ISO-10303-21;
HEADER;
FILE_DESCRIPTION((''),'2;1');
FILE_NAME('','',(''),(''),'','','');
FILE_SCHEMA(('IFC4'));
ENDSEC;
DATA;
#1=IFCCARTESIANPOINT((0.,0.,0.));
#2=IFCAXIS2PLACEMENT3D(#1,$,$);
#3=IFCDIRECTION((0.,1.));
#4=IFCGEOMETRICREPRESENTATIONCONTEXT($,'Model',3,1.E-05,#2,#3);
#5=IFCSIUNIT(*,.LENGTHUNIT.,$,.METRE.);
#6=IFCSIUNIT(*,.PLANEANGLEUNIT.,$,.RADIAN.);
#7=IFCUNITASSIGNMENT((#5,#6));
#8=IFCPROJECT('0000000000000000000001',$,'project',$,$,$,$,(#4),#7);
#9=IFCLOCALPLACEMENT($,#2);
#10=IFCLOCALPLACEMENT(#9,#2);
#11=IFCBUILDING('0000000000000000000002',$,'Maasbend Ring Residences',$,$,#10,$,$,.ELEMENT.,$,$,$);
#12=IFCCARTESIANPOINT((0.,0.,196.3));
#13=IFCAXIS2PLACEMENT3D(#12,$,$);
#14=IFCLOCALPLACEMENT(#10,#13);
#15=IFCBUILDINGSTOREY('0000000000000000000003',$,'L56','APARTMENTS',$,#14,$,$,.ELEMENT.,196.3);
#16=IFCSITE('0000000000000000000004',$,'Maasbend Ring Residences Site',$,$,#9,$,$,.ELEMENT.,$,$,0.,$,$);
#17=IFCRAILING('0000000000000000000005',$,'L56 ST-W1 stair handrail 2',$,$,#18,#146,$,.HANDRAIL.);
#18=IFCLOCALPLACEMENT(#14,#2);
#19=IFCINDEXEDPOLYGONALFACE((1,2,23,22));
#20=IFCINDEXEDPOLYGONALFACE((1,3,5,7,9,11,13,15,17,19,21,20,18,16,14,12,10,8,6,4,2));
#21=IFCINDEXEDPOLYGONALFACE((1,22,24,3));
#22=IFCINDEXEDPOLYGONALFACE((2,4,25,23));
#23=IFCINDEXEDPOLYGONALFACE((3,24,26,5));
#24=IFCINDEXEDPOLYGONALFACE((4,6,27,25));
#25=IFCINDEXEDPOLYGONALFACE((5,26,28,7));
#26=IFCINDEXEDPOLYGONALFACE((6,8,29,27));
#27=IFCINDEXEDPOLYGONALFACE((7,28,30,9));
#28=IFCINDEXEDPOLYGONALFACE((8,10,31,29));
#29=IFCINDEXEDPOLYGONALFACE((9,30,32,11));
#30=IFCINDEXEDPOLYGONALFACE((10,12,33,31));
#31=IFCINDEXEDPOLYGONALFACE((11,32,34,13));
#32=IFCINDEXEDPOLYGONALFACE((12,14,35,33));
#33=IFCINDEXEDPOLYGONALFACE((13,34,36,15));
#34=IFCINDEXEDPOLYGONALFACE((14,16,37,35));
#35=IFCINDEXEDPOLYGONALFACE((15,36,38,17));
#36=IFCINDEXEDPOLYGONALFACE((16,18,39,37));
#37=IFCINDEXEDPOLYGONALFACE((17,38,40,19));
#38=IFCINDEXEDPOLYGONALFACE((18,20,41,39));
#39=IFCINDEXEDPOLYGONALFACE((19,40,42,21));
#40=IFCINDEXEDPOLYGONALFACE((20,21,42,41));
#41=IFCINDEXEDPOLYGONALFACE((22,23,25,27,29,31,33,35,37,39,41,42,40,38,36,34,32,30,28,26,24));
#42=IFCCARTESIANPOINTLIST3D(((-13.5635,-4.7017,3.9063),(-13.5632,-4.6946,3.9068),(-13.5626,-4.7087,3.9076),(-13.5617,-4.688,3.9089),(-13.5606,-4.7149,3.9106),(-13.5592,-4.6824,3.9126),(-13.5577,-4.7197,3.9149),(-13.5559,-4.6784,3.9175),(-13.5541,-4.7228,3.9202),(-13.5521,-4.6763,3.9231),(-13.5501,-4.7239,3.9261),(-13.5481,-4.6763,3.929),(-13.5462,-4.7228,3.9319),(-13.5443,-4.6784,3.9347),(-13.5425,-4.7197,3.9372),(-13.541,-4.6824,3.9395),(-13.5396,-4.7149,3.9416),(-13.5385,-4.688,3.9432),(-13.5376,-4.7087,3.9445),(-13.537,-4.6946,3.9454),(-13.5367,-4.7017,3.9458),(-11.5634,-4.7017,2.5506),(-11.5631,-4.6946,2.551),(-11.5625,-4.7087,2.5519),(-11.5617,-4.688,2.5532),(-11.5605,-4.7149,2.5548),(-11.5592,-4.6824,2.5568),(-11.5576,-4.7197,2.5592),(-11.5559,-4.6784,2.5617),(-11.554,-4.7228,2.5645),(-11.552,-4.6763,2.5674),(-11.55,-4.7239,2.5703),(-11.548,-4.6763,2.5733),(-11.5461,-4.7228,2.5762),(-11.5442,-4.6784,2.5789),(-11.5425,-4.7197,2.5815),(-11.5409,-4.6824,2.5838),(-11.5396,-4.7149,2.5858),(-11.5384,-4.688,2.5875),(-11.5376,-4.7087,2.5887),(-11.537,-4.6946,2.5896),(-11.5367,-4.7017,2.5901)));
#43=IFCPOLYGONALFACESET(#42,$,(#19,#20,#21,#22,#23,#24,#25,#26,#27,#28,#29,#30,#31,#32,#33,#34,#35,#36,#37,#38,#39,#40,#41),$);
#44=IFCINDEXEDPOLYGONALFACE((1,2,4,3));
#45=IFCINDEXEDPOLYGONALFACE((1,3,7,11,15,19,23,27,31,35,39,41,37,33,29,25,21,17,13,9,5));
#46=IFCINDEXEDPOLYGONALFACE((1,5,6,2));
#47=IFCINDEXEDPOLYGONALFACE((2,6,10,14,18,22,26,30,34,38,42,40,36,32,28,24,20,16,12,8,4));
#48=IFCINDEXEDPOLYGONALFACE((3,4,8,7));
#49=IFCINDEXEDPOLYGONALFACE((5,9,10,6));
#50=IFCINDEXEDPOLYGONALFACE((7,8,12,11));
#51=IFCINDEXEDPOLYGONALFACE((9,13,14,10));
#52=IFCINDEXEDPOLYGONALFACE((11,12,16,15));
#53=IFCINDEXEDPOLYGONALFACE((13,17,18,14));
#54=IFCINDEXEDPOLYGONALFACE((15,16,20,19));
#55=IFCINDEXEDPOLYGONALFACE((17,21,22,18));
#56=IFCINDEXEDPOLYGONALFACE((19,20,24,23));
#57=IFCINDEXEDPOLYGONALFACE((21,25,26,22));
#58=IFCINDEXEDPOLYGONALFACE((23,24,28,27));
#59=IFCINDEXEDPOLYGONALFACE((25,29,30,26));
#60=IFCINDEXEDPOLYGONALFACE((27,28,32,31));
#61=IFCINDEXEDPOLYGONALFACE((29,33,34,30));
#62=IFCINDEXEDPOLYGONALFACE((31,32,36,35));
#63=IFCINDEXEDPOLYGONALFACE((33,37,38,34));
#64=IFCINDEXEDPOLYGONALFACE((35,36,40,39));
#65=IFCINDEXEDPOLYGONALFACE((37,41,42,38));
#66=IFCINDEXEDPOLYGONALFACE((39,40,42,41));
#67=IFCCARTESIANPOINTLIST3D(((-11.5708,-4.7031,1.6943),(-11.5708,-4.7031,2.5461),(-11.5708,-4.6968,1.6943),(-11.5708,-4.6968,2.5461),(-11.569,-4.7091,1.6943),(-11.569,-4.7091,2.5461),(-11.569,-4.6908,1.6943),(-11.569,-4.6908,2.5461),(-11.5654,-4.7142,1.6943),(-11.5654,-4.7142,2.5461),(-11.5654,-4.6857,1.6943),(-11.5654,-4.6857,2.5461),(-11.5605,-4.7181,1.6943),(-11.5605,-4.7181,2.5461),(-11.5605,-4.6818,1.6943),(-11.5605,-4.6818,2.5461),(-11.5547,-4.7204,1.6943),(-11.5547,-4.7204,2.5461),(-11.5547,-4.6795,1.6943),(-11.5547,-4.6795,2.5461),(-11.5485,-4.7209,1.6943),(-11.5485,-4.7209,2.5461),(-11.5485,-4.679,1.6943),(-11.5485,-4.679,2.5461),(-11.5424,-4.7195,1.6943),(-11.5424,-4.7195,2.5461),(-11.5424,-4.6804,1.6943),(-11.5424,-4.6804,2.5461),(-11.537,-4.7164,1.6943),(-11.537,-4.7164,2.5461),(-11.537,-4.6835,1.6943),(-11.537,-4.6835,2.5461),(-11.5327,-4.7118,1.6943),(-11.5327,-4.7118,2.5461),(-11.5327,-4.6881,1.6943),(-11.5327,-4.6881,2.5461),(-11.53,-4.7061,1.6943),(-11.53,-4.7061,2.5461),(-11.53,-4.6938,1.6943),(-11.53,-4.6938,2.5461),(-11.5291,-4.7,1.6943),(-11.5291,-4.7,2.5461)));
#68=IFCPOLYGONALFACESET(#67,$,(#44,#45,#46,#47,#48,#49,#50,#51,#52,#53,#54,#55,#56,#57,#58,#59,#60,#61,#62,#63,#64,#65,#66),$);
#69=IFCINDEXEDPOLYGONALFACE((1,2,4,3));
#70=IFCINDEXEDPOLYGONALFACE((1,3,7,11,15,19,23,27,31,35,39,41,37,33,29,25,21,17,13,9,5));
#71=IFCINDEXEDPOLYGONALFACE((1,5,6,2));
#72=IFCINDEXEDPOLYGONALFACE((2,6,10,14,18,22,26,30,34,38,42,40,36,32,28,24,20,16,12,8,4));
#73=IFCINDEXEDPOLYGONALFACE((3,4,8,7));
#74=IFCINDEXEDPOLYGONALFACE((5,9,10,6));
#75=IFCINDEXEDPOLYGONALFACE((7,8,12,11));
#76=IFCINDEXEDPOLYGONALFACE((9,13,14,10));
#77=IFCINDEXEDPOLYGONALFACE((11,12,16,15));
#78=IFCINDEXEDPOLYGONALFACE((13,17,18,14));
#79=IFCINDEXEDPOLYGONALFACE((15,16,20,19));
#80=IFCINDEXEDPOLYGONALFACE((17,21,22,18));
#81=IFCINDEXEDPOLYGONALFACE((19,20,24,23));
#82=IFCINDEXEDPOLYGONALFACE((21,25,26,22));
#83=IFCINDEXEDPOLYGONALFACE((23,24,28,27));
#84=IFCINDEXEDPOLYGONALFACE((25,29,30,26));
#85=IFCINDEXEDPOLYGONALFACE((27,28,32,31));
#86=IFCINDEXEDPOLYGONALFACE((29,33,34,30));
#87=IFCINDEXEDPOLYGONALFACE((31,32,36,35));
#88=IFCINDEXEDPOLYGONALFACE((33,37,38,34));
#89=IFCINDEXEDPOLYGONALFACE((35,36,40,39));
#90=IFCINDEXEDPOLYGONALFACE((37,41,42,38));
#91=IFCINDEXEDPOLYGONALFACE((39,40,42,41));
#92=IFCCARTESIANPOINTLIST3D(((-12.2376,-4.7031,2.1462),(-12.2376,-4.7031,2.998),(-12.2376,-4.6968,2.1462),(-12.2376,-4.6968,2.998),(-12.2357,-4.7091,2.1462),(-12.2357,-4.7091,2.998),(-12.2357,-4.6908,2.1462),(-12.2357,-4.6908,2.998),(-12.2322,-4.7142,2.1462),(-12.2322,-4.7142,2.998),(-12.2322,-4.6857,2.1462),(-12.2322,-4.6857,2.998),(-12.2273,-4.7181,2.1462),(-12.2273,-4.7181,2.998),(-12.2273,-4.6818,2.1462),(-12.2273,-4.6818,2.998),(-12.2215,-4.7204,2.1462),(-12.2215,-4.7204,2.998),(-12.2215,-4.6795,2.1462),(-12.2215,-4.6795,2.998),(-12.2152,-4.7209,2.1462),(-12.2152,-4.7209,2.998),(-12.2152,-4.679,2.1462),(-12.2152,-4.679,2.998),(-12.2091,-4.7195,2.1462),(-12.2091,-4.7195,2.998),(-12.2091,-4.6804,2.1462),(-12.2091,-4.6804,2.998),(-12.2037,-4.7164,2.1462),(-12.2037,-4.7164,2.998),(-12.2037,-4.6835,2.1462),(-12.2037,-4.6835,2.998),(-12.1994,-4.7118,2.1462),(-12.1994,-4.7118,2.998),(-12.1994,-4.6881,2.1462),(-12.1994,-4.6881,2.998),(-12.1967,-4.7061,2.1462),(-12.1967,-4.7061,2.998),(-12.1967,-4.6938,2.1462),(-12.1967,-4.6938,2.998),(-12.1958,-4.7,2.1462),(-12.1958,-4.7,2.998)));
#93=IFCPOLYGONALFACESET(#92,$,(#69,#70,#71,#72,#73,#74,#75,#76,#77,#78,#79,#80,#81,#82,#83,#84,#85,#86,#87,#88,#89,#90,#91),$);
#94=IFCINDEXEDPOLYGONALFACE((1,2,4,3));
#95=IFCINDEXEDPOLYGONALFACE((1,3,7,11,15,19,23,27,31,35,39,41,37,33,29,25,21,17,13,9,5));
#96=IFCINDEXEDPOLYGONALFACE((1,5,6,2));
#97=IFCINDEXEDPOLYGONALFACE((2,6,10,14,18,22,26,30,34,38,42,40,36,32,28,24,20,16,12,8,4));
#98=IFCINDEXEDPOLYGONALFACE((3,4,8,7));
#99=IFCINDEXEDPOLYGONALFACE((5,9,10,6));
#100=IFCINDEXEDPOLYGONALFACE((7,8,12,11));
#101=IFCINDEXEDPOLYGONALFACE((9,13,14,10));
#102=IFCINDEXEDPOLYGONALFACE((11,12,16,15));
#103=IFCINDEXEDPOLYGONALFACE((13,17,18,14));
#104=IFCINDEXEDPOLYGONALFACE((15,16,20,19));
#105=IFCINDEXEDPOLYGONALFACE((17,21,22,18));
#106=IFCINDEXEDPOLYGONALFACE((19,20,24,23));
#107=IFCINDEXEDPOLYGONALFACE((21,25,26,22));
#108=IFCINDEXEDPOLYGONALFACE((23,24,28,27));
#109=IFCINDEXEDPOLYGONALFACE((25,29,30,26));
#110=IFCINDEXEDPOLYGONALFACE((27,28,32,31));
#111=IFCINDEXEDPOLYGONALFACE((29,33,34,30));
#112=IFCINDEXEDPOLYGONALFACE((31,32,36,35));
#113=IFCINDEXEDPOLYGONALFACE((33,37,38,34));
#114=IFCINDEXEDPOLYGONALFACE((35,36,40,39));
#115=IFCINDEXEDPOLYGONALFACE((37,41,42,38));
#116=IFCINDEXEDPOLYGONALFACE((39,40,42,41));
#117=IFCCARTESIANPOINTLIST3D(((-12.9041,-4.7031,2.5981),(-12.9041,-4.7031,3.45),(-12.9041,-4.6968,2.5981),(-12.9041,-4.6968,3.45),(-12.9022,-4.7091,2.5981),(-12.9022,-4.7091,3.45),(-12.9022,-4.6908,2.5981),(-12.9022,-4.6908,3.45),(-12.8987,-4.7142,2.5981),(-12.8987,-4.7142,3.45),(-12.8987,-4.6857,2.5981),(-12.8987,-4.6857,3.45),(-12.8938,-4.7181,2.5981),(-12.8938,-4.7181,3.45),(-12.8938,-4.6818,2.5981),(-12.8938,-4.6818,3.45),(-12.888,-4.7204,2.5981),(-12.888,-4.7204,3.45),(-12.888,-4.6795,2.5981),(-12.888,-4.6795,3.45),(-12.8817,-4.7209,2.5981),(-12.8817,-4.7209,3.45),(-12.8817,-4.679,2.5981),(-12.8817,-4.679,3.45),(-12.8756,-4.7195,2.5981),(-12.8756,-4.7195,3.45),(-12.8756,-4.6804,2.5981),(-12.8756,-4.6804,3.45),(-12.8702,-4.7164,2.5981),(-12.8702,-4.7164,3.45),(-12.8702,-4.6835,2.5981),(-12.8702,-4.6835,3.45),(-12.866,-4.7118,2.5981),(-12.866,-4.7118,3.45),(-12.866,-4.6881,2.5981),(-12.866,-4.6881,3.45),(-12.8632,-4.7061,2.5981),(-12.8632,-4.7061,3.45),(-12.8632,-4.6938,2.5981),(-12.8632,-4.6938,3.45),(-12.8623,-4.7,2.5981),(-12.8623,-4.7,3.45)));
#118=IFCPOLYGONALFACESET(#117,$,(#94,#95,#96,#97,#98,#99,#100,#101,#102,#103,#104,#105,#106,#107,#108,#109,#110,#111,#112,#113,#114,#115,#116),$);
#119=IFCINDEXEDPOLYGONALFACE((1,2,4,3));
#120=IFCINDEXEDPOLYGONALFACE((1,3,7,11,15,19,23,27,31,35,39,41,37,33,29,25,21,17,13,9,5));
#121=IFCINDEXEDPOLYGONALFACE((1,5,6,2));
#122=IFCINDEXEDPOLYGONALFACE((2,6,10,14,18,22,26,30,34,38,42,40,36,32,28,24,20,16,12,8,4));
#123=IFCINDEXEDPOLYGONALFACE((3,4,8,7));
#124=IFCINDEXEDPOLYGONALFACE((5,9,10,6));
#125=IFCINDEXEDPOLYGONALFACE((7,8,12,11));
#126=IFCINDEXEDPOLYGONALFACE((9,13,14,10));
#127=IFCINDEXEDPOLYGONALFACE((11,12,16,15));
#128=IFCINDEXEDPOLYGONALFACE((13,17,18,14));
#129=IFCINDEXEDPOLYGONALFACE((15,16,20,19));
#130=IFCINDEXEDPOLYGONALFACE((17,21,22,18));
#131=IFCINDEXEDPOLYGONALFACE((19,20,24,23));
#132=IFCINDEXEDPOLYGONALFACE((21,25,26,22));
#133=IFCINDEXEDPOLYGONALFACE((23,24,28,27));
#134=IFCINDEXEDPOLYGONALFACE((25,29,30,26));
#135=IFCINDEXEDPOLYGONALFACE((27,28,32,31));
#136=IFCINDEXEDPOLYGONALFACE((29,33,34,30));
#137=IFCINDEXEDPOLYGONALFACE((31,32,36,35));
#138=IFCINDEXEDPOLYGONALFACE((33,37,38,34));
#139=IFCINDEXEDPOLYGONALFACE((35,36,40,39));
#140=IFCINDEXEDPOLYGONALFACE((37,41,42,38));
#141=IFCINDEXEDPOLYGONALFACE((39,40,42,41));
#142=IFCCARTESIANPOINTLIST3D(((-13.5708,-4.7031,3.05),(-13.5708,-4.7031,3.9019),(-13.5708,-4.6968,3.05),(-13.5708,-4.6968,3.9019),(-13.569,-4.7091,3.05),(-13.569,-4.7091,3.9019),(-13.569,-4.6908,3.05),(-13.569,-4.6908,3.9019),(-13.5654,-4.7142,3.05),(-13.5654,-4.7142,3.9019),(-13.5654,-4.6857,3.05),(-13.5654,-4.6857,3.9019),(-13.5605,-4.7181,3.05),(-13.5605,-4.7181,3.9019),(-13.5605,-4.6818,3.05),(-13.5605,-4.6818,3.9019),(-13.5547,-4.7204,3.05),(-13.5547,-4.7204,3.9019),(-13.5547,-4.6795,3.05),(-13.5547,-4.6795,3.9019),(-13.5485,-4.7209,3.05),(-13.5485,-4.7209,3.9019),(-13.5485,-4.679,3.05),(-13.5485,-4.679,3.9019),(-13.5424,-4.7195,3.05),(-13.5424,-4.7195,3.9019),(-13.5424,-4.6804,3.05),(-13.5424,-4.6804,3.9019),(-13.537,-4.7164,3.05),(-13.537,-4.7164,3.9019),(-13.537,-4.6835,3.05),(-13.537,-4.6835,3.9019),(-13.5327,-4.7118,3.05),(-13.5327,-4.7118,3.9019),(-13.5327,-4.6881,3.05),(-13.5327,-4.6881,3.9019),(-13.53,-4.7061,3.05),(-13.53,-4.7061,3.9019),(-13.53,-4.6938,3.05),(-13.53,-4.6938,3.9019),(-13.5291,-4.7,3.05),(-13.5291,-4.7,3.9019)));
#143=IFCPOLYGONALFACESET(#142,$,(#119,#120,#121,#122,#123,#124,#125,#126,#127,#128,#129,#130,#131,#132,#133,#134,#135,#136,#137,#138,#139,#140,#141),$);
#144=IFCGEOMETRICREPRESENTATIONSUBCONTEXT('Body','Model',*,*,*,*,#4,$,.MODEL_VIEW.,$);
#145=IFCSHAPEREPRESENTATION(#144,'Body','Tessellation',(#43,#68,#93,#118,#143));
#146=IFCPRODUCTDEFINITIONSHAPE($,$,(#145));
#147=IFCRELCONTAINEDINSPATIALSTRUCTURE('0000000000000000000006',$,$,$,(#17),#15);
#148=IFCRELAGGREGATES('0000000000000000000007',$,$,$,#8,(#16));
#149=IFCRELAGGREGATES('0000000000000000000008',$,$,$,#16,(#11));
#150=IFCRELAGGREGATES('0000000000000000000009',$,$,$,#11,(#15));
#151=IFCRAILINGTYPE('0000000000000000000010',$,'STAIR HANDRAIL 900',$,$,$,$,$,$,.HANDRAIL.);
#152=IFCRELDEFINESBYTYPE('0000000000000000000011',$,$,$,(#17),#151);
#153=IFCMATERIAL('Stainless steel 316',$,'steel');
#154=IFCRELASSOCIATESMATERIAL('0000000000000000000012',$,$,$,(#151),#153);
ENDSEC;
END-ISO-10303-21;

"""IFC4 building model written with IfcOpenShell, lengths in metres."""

from ifc_helpers import new_model, si_unit, direction, frame, origin, origin_2d, place, context, subcontext, project, spatial, circle, extrude, material, type_object, element, save


model = new_model("IFC4")

# Units and contexts
model_context = context("Model", 3, precision=1e-05, world=origin(), true_north=direction((0.0, 1.0)))
body_context = subcontext(model_context, "Body", "Model", "MODEL_VIEW")
ifc_project = project(units=[si_unit("LENGTHUNIT", "METRE"), si_unit("PLANEANGLEUNIT", "RADIAN")], contexts=[model_context])

# Site, building, storey
site_placement = place(None, origin())
site = spatial("IfcSite", under=ifc_project, at=site_placement, Name="Maasbend Ring Residences Site", CompositionType="ELEMENT", RefElevation=0.0)
building_placement = place(site_placement, origin())
building = spatial("IfcBuilding", under=site, at=building_placement, Name="Maasbend Ring Residences", CompositionType="ELEMENT")
storey_placement = place(building_placement, frame((0.0, 0.0, 196.3)))
storey = spatial("IfcBuildingStorey", under=building, at=storey_placement, Name="L56", Description="APARTMENTS", CompositionType="ELEMENT", Elevation=196.3)

# Railing
ifc_material_1 = material(Name="Stainless steel 316", Category="steel")
railing_type_1 = type_object("IfcRailingType", Name="STAIR HANDRAIL 900", PredefinedType="HANDRAIL", material=ifc_material_1)
railing_1_placement = place(storey_placement, frame((-11.55, -4.7, 1.6943)))
element("IfcRailing", 1, at=railing_1_placement, inside=storey, type_object=railing_type_1, Name="L56 ST-W1 stair handrail 2", PredefinedType="HANDRAIL", context=body_context, shape_type="SweptSolid", body=[
    extrude(circle(Radius=0.0239, at=origin_2d()), frame((0.0, 0.0, 0.876), z_axis=(-0.827751, 0.0, 0.561096), x_axis=(0.0, -1.0, 0.0)), (0.0, 0.0, 1.0), 2.4163),
    extrude(circle(Radius=0.021, at=origin_2d()), origin(), (0.0, 0.0, 1.0), 0.8518),
    extrude(circle(Radius=0.021, at=origin_2d()), frame((-0.6667, 0.0, 0.4519)), (0.0, 0.0, 1.0), 0.8518),
    extrude(circle(Radius=0.021, at=origin_2d()), frame((-1.3333, 0.0, 0.9038)), (0.0, 0.0, 1.0), 0.8518),
    extrude(circle(Radius=0.021, at=origin_2d()), frame((-2.0, 0.0, 1.3557)), (0.0, 0.0, 1.0), 0.8518),
])

save(model, "model.ifc")
